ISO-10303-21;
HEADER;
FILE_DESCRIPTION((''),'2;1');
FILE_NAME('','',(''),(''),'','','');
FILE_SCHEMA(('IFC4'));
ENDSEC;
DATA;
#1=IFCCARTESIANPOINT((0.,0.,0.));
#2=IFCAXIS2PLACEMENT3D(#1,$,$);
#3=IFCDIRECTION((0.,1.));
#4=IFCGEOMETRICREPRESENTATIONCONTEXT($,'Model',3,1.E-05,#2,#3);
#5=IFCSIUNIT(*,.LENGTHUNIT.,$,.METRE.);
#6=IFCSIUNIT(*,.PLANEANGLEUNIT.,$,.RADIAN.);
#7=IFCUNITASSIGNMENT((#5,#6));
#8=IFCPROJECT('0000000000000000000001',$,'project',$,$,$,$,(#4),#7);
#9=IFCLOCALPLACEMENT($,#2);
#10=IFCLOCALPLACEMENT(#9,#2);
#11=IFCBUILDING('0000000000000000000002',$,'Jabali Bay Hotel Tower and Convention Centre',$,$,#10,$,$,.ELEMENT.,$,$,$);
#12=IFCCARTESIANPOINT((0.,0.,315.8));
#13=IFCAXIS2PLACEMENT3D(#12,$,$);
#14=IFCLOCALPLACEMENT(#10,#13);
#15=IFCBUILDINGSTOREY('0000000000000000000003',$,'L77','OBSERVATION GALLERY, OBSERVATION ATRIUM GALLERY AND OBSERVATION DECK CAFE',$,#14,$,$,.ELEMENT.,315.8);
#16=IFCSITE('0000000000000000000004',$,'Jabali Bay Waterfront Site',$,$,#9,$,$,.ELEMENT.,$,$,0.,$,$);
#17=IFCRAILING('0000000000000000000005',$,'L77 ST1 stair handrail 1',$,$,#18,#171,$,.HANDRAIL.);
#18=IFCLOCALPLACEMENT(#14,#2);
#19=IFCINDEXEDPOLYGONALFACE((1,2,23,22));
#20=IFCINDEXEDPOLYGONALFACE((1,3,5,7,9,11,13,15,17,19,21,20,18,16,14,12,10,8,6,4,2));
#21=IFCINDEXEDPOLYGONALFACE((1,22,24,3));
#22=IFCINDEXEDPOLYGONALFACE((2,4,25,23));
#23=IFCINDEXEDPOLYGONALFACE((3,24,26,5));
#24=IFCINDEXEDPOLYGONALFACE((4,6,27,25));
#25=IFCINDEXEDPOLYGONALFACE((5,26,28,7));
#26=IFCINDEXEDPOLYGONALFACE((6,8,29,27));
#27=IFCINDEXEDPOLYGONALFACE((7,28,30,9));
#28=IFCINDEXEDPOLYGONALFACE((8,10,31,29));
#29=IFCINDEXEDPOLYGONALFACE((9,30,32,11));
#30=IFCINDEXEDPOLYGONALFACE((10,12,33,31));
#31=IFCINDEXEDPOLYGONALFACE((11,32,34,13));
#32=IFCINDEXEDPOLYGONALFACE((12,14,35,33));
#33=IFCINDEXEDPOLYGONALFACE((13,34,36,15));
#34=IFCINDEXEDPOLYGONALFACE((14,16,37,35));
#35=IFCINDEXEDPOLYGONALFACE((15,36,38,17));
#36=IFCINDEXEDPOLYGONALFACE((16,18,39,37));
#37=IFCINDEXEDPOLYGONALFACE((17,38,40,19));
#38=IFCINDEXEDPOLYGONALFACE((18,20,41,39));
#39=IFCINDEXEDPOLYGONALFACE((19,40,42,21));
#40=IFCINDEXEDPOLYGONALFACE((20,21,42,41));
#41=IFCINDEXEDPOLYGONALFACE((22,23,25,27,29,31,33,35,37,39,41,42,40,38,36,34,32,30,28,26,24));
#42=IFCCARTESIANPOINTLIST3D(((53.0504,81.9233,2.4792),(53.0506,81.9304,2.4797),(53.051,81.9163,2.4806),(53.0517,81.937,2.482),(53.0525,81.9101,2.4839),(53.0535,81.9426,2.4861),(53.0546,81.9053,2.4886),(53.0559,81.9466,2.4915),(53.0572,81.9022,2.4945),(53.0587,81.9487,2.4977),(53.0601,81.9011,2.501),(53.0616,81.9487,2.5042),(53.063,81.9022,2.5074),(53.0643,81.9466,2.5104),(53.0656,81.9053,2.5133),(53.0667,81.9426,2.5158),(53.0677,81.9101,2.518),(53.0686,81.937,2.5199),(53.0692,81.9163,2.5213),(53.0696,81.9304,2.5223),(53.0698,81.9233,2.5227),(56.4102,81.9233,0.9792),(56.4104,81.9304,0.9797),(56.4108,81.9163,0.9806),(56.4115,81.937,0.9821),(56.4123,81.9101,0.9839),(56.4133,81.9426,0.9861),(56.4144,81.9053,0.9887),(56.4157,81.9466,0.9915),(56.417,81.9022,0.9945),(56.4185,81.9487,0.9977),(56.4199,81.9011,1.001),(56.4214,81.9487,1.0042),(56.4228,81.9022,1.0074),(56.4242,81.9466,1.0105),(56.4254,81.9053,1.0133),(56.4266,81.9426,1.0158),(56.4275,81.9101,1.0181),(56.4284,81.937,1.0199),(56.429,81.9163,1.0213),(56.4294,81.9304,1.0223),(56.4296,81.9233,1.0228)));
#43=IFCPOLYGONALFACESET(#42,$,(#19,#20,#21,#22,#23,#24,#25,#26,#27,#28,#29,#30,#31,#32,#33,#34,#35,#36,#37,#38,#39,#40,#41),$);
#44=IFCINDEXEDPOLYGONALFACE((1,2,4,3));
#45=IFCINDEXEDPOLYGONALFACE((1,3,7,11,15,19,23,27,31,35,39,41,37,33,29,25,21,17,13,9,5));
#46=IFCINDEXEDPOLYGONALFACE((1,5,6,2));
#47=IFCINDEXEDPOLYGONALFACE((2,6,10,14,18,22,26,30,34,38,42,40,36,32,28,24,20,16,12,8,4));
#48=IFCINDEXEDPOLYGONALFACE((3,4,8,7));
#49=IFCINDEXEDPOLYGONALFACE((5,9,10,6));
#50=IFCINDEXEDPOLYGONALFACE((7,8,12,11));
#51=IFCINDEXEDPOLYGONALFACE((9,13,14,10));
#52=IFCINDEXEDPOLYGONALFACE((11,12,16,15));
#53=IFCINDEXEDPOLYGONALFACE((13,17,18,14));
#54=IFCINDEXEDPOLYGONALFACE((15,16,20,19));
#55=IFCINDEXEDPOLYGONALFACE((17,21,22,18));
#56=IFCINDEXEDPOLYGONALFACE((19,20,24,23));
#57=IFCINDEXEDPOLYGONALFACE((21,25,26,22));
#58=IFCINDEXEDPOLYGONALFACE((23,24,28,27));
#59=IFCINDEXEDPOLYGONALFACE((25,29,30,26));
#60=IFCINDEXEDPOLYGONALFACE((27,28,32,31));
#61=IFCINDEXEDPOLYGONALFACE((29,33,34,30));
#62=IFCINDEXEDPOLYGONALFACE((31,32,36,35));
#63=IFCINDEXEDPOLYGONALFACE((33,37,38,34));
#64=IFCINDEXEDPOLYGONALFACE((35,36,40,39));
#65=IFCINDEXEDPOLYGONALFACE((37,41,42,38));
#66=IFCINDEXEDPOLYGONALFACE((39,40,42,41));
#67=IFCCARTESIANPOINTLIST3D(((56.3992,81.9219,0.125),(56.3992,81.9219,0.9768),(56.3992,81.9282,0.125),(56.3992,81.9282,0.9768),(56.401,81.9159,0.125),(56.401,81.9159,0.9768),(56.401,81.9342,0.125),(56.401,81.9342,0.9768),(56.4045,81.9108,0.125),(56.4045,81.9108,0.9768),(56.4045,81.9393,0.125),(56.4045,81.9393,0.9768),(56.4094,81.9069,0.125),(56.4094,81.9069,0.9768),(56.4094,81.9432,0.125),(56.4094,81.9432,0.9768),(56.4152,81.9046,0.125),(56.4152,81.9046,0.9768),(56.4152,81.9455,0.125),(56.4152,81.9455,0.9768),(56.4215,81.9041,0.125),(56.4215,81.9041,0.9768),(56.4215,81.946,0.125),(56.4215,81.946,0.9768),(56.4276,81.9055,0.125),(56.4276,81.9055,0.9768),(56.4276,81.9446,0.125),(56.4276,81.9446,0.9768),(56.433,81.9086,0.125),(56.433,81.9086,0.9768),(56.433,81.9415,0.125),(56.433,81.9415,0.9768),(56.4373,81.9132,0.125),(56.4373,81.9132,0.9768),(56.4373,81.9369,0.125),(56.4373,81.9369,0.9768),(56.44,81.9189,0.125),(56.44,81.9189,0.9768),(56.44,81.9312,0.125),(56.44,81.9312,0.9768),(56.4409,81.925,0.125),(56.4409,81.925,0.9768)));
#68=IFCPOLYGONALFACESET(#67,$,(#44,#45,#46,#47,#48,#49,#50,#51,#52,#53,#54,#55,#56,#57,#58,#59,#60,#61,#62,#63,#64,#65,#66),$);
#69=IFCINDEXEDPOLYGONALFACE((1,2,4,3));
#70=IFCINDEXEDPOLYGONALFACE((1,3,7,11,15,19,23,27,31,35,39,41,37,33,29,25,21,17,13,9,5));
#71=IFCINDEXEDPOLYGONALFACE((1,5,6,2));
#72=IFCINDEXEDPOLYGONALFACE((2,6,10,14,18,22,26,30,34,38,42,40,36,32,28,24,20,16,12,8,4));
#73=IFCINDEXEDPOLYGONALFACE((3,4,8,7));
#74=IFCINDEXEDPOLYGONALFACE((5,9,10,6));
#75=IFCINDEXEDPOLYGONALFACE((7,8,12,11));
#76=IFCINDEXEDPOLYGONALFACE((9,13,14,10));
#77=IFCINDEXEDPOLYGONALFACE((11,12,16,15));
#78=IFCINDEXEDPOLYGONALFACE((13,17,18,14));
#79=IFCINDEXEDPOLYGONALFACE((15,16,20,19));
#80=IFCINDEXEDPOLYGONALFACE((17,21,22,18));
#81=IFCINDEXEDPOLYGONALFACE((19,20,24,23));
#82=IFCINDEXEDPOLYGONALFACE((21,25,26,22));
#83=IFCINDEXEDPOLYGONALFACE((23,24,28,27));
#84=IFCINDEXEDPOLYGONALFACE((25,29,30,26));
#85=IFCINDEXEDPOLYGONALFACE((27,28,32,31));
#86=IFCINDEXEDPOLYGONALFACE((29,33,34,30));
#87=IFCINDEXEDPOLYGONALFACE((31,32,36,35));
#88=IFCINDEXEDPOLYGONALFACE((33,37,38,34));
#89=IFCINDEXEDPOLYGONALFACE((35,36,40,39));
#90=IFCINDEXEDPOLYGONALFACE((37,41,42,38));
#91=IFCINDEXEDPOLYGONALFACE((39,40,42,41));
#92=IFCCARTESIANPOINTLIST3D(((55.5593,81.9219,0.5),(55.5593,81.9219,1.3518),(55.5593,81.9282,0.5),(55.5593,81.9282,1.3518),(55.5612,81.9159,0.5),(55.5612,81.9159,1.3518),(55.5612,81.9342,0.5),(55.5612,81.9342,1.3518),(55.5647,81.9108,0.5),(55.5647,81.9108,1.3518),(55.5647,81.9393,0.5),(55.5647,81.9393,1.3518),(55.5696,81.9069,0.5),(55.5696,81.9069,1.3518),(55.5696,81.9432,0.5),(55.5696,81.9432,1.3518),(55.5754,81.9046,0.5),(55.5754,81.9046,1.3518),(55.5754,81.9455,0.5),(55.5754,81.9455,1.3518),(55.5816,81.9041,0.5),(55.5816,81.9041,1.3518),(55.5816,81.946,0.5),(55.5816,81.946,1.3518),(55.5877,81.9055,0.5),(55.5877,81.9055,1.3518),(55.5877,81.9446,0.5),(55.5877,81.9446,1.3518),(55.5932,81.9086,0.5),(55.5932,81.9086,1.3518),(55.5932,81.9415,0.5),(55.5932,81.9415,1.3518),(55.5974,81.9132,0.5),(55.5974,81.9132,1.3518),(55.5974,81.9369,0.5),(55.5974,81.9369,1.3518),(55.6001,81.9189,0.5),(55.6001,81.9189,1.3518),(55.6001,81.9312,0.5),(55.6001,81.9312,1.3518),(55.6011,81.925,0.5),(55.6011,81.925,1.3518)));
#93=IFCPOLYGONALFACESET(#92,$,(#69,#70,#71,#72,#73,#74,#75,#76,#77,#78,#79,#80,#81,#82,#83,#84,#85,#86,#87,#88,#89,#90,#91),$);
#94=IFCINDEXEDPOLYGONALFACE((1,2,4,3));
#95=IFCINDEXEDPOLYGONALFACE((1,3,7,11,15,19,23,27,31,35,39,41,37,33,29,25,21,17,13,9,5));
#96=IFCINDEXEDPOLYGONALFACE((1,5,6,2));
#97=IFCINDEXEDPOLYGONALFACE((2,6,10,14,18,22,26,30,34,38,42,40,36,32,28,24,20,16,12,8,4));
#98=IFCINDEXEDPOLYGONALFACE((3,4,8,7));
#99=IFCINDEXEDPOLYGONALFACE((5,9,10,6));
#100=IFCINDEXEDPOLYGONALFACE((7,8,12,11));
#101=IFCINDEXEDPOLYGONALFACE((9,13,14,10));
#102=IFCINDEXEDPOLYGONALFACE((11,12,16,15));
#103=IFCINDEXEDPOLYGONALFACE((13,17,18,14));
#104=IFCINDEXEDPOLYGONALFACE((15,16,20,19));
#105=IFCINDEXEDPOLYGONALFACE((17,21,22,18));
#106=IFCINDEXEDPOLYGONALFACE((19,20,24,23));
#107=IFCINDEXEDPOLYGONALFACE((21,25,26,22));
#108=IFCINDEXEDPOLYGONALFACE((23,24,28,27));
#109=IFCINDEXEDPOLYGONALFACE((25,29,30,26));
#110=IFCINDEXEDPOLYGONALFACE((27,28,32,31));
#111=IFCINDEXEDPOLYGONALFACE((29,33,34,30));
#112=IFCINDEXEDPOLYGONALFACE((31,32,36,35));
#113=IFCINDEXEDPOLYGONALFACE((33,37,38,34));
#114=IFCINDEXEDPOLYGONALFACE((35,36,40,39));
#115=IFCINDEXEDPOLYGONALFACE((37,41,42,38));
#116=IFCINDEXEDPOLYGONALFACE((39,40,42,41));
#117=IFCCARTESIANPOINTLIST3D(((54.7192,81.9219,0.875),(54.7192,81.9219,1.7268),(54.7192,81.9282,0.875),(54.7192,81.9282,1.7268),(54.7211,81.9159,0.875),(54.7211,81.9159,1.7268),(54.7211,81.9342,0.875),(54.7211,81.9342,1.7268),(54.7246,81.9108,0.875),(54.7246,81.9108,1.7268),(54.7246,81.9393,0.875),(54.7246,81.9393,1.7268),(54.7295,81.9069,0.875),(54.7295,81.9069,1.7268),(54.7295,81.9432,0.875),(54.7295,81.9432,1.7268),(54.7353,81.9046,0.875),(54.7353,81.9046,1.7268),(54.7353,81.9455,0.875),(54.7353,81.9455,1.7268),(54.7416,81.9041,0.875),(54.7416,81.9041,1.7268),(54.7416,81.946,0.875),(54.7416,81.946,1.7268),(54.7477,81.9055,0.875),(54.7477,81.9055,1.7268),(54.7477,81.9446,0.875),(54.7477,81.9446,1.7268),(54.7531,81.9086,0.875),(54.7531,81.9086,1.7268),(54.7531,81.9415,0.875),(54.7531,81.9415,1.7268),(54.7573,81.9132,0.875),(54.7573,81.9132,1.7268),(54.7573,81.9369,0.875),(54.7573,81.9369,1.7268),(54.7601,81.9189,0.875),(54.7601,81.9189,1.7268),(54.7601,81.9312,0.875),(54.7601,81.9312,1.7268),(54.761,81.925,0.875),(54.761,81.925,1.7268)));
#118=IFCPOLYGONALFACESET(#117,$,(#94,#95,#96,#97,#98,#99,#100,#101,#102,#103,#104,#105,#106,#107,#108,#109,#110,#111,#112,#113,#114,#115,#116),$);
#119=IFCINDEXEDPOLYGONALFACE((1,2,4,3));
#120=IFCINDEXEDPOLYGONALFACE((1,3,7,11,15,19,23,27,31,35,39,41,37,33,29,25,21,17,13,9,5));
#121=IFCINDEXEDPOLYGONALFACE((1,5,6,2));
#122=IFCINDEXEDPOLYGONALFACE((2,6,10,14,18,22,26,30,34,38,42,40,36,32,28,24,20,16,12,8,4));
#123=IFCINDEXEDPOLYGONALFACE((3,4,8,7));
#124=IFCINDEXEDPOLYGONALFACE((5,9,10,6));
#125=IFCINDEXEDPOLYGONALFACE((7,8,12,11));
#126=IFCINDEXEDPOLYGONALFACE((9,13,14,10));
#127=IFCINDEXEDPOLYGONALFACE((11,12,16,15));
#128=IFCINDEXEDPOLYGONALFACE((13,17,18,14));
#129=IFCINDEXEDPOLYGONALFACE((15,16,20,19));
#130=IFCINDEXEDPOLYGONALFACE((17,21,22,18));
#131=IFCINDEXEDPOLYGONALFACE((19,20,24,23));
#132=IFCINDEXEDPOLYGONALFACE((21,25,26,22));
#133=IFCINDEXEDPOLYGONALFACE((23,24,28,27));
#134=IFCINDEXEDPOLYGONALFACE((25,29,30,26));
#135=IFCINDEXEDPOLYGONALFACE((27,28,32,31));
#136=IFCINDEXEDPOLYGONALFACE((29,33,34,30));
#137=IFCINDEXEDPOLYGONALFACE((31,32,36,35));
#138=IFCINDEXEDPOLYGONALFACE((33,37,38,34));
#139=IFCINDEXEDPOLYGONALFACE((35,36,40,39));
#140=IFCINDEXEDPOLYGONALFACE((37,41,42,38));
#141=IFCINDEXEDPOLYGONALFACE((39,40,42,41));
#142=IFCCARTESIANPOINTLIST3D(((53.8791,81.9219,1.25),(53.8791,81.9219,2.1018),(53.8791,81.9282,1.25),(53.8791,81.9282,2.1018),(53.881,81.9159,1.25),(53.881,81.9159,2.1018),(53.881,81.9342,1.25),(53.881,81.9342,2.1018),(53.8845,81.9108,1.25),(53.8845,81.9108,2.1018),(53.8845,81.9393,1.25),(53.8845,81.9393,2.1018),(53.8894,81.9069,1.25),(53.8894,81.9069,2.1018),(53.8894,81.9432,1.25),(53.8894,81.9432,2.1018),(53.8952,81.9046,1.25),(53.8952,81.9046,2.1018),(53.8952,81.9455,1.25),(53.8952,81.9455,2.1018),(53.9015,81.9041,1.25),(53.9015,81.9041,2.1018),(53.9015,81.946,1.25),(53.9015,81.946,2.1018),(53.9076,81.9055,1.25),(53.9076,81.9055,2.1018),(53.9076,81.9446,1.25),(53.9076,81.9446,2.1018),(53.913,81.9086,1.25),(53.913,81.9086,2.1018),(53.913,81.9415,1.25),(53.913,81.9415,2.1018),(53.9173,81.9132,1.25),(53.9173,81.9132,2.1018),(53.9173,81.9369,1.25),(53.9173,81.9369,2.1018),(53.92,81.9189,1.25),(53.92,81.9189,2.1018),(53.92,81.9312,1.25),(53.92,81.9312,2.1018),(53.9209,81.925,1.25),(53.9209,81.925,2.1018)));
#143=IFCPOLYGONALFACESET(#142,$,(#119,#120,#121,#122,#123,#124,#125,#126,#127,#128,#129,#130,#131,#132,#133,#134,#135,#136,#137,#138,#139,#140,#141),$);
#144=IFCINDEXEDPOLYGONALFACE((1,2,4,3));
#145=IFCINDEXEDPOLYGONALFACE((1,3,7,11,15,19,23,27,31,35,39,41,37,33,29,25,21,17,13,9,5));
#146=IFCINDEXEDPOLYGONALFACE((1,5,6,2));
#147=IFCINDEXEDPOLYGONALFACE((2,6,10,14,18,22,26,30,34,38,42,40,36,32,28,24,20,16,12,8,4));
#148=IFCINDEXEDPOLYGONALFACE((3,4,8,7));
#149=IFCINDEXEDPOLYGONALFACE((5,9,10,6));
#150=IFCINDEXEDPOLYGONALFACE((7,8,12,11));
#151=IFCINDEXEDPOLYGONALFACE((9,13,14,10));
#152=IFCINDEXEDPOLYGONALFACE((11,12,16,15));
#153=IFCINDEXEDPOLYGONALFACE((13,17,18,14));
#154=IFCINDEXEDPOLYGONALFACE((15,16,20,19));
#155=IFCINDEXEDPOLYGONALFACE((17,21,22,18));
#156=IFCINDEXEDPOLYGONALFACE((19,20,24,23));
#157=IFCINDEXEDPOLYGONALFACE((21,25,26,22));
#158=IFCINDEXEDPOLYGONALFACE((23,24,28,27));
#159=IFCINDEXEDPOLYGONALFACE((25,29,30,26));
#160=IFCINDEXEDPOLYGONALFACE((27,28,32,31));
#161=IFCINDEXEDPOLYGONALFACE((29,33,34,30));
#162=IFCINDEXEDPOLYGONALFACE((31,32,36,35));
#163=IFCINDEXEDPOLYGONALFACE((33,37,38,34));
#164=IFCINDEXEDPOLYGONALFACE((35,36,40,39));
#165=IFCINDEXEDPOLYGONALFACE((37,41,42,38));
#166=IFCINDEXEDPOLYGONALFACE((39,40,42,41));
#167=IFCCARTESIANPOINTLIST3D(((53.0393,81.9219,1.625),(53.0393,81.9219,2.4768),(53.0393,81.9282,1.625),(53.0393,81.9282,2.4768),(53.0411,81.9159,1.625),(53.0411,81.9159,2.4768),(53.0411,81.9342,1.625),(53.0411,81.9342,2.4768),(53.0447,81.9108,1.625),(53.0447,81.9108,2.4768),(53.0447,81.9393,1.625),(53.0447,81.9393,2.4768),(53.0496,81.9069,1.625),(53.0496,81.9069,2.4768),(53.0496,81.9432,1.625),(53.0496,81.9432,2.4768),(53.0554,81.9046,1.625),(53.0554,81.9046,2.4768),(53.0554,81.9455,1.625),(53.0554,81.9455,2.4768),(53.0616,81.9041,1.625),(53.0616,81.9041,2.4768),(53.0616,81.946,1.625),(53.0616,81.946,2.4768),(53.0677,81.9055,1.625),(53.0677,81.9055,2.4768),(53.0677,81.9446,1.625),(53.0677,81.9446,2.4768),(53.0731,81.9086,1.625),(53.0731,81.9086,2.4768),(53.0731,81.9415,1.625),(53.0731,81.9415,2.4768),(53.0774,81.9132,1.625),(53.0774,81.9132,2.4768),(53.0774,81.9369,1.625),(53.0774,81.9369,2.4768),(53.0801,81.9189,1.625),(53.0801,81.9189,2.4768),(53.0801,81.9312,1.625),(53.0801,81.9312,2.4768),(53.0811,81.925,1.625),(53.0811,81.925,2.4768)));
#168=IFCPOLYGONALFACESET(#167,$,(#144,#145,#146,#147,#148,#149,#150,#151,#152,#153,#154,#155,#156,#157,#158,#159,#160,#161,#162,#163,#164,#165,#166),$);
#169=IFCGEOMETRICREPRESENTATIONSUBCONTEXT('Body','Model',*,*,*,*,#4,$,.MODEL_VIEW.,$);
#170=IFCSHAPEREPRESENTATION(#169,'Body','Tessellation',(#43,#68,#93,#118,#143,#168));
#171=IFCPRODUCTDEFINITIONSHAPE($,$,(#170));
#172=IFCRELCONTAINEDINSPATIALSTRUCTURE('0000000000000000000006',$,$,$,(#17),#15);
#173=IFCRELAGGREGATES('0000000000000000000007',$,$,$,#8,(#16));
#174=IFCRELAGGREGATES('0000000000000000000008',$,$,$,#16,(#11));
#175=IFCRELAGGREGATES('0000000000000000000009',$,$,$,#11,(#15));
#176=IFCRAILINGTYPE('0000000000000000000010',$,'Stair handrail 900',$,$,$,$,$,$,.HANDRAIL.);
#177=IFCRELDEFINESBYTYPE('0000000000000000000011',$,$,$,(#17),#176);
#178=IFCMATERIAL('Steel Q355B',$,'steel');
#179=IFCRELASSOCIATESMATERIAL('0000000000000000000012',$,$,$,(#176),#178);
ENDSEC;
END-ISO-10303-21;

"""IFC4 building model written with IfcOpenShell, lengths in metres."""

from ifc_helpers import new_model, si_unit, direction, frame, origin, origin_2d, place, context, subcontext, project, spatial, circle, extrude, material, type_object, element, save


model = new_model("IFC4")

# Units and contexts
model_context = context("Model", 3, precision=1e-05, world=origin(), true_north=direction((0.0, 1.0)))
body_context = subcontext(model_context, "Body", "Model", "MODEL_VIEW")
ifc_project = project(units=[si_unit("LENGTHUNIT", "METRE"), si_unit("PLANEANGLEUNIT", "RADIAN")], contexts=[model_context])

# Site, building, storey
site_placement = place(None, origin())
site = spatial("IfcSite", under=ifc_project, at=site_placement, Name="Jabali Bay Waterfront Site", CompositionType="ELEMENT", RefElevation=0.0)
building_placement = place(site_placement, origin())
building = spatial("IfcBuilding", under=site, at=building_placement, Name="Jabali Bay Hotel Tower and Convention Centre", CompositionType="ELEMENT")
storey_placement = place(building_placement, frame((0.0, 0.0, 315.8)))
storey = spatial("IfcBuildingStorey", under=building, at=storey_placement, Name="L77", Description="OBSERVATION GALLERY, OBSERVATION ATRIUM GALLERY AND OBSERVATION DECK CAFE", CompositionType="ELEMENT", Elevation=315.8)

# Railing
ifc_material_1 = material(Name="Steel Q355B", Category="steel")
railing_type_1 = type_object("IfcRailingType", Name="Stair handrail 900", PredefinedType="HANDRAIL", material=ifc_material_1)
for number, where, name in (
    (1, (56.4199, 81.925, 0.125), "L77 ST1 stair handrail 1"),
):
    element("IfcRailing", number, at=place(storey_placement, frame(where)), inside=storey, type_object=railing_type_1, Name=name, PredefinedType="HANDRAIL", context=body_context, shape_type="SweptSolid", body=[
        extrude(circle(Radius=0.0239, at=origin_2d()), frame((0.0, 0.0, 0.876), z_axis=(-0.913132, 0.0, 0.407665), x_axis=(0.0, -1.0, 0.0)), (0.0, 0.0, 1.0), 3.6794),
        extrude(circle(Radius=0.021, at=origin_2d()), origin(), (0.0, 0.0, 1.0), 0.8518),
        extrude(circle(Radius=0.021, at=origin_2d()), frame((-0.8398, 0.0, 0.375)), (0.0, 0.0, 1.0), 0.8518),
        extrude(circle(Radius=0.021, at=origin_2d()), frame((-1.6799, 0.0, 0.75)), (0.0, 0.0, 1.0), 0.8518),
        extrude(circle(Radius=0.021, at=origin_2d()), frame((-2.52, 0.0, 1.125)), (0.0, 0.0, 1.0), 0.8518),
        extrude(circle(Radius=0.021, at=origin_2d()), frame((-3.3599, 0.0, 1.5)), (0.0, 0.0, 1.0), 0.8518),
    ])

save(model, "model.ifc")
